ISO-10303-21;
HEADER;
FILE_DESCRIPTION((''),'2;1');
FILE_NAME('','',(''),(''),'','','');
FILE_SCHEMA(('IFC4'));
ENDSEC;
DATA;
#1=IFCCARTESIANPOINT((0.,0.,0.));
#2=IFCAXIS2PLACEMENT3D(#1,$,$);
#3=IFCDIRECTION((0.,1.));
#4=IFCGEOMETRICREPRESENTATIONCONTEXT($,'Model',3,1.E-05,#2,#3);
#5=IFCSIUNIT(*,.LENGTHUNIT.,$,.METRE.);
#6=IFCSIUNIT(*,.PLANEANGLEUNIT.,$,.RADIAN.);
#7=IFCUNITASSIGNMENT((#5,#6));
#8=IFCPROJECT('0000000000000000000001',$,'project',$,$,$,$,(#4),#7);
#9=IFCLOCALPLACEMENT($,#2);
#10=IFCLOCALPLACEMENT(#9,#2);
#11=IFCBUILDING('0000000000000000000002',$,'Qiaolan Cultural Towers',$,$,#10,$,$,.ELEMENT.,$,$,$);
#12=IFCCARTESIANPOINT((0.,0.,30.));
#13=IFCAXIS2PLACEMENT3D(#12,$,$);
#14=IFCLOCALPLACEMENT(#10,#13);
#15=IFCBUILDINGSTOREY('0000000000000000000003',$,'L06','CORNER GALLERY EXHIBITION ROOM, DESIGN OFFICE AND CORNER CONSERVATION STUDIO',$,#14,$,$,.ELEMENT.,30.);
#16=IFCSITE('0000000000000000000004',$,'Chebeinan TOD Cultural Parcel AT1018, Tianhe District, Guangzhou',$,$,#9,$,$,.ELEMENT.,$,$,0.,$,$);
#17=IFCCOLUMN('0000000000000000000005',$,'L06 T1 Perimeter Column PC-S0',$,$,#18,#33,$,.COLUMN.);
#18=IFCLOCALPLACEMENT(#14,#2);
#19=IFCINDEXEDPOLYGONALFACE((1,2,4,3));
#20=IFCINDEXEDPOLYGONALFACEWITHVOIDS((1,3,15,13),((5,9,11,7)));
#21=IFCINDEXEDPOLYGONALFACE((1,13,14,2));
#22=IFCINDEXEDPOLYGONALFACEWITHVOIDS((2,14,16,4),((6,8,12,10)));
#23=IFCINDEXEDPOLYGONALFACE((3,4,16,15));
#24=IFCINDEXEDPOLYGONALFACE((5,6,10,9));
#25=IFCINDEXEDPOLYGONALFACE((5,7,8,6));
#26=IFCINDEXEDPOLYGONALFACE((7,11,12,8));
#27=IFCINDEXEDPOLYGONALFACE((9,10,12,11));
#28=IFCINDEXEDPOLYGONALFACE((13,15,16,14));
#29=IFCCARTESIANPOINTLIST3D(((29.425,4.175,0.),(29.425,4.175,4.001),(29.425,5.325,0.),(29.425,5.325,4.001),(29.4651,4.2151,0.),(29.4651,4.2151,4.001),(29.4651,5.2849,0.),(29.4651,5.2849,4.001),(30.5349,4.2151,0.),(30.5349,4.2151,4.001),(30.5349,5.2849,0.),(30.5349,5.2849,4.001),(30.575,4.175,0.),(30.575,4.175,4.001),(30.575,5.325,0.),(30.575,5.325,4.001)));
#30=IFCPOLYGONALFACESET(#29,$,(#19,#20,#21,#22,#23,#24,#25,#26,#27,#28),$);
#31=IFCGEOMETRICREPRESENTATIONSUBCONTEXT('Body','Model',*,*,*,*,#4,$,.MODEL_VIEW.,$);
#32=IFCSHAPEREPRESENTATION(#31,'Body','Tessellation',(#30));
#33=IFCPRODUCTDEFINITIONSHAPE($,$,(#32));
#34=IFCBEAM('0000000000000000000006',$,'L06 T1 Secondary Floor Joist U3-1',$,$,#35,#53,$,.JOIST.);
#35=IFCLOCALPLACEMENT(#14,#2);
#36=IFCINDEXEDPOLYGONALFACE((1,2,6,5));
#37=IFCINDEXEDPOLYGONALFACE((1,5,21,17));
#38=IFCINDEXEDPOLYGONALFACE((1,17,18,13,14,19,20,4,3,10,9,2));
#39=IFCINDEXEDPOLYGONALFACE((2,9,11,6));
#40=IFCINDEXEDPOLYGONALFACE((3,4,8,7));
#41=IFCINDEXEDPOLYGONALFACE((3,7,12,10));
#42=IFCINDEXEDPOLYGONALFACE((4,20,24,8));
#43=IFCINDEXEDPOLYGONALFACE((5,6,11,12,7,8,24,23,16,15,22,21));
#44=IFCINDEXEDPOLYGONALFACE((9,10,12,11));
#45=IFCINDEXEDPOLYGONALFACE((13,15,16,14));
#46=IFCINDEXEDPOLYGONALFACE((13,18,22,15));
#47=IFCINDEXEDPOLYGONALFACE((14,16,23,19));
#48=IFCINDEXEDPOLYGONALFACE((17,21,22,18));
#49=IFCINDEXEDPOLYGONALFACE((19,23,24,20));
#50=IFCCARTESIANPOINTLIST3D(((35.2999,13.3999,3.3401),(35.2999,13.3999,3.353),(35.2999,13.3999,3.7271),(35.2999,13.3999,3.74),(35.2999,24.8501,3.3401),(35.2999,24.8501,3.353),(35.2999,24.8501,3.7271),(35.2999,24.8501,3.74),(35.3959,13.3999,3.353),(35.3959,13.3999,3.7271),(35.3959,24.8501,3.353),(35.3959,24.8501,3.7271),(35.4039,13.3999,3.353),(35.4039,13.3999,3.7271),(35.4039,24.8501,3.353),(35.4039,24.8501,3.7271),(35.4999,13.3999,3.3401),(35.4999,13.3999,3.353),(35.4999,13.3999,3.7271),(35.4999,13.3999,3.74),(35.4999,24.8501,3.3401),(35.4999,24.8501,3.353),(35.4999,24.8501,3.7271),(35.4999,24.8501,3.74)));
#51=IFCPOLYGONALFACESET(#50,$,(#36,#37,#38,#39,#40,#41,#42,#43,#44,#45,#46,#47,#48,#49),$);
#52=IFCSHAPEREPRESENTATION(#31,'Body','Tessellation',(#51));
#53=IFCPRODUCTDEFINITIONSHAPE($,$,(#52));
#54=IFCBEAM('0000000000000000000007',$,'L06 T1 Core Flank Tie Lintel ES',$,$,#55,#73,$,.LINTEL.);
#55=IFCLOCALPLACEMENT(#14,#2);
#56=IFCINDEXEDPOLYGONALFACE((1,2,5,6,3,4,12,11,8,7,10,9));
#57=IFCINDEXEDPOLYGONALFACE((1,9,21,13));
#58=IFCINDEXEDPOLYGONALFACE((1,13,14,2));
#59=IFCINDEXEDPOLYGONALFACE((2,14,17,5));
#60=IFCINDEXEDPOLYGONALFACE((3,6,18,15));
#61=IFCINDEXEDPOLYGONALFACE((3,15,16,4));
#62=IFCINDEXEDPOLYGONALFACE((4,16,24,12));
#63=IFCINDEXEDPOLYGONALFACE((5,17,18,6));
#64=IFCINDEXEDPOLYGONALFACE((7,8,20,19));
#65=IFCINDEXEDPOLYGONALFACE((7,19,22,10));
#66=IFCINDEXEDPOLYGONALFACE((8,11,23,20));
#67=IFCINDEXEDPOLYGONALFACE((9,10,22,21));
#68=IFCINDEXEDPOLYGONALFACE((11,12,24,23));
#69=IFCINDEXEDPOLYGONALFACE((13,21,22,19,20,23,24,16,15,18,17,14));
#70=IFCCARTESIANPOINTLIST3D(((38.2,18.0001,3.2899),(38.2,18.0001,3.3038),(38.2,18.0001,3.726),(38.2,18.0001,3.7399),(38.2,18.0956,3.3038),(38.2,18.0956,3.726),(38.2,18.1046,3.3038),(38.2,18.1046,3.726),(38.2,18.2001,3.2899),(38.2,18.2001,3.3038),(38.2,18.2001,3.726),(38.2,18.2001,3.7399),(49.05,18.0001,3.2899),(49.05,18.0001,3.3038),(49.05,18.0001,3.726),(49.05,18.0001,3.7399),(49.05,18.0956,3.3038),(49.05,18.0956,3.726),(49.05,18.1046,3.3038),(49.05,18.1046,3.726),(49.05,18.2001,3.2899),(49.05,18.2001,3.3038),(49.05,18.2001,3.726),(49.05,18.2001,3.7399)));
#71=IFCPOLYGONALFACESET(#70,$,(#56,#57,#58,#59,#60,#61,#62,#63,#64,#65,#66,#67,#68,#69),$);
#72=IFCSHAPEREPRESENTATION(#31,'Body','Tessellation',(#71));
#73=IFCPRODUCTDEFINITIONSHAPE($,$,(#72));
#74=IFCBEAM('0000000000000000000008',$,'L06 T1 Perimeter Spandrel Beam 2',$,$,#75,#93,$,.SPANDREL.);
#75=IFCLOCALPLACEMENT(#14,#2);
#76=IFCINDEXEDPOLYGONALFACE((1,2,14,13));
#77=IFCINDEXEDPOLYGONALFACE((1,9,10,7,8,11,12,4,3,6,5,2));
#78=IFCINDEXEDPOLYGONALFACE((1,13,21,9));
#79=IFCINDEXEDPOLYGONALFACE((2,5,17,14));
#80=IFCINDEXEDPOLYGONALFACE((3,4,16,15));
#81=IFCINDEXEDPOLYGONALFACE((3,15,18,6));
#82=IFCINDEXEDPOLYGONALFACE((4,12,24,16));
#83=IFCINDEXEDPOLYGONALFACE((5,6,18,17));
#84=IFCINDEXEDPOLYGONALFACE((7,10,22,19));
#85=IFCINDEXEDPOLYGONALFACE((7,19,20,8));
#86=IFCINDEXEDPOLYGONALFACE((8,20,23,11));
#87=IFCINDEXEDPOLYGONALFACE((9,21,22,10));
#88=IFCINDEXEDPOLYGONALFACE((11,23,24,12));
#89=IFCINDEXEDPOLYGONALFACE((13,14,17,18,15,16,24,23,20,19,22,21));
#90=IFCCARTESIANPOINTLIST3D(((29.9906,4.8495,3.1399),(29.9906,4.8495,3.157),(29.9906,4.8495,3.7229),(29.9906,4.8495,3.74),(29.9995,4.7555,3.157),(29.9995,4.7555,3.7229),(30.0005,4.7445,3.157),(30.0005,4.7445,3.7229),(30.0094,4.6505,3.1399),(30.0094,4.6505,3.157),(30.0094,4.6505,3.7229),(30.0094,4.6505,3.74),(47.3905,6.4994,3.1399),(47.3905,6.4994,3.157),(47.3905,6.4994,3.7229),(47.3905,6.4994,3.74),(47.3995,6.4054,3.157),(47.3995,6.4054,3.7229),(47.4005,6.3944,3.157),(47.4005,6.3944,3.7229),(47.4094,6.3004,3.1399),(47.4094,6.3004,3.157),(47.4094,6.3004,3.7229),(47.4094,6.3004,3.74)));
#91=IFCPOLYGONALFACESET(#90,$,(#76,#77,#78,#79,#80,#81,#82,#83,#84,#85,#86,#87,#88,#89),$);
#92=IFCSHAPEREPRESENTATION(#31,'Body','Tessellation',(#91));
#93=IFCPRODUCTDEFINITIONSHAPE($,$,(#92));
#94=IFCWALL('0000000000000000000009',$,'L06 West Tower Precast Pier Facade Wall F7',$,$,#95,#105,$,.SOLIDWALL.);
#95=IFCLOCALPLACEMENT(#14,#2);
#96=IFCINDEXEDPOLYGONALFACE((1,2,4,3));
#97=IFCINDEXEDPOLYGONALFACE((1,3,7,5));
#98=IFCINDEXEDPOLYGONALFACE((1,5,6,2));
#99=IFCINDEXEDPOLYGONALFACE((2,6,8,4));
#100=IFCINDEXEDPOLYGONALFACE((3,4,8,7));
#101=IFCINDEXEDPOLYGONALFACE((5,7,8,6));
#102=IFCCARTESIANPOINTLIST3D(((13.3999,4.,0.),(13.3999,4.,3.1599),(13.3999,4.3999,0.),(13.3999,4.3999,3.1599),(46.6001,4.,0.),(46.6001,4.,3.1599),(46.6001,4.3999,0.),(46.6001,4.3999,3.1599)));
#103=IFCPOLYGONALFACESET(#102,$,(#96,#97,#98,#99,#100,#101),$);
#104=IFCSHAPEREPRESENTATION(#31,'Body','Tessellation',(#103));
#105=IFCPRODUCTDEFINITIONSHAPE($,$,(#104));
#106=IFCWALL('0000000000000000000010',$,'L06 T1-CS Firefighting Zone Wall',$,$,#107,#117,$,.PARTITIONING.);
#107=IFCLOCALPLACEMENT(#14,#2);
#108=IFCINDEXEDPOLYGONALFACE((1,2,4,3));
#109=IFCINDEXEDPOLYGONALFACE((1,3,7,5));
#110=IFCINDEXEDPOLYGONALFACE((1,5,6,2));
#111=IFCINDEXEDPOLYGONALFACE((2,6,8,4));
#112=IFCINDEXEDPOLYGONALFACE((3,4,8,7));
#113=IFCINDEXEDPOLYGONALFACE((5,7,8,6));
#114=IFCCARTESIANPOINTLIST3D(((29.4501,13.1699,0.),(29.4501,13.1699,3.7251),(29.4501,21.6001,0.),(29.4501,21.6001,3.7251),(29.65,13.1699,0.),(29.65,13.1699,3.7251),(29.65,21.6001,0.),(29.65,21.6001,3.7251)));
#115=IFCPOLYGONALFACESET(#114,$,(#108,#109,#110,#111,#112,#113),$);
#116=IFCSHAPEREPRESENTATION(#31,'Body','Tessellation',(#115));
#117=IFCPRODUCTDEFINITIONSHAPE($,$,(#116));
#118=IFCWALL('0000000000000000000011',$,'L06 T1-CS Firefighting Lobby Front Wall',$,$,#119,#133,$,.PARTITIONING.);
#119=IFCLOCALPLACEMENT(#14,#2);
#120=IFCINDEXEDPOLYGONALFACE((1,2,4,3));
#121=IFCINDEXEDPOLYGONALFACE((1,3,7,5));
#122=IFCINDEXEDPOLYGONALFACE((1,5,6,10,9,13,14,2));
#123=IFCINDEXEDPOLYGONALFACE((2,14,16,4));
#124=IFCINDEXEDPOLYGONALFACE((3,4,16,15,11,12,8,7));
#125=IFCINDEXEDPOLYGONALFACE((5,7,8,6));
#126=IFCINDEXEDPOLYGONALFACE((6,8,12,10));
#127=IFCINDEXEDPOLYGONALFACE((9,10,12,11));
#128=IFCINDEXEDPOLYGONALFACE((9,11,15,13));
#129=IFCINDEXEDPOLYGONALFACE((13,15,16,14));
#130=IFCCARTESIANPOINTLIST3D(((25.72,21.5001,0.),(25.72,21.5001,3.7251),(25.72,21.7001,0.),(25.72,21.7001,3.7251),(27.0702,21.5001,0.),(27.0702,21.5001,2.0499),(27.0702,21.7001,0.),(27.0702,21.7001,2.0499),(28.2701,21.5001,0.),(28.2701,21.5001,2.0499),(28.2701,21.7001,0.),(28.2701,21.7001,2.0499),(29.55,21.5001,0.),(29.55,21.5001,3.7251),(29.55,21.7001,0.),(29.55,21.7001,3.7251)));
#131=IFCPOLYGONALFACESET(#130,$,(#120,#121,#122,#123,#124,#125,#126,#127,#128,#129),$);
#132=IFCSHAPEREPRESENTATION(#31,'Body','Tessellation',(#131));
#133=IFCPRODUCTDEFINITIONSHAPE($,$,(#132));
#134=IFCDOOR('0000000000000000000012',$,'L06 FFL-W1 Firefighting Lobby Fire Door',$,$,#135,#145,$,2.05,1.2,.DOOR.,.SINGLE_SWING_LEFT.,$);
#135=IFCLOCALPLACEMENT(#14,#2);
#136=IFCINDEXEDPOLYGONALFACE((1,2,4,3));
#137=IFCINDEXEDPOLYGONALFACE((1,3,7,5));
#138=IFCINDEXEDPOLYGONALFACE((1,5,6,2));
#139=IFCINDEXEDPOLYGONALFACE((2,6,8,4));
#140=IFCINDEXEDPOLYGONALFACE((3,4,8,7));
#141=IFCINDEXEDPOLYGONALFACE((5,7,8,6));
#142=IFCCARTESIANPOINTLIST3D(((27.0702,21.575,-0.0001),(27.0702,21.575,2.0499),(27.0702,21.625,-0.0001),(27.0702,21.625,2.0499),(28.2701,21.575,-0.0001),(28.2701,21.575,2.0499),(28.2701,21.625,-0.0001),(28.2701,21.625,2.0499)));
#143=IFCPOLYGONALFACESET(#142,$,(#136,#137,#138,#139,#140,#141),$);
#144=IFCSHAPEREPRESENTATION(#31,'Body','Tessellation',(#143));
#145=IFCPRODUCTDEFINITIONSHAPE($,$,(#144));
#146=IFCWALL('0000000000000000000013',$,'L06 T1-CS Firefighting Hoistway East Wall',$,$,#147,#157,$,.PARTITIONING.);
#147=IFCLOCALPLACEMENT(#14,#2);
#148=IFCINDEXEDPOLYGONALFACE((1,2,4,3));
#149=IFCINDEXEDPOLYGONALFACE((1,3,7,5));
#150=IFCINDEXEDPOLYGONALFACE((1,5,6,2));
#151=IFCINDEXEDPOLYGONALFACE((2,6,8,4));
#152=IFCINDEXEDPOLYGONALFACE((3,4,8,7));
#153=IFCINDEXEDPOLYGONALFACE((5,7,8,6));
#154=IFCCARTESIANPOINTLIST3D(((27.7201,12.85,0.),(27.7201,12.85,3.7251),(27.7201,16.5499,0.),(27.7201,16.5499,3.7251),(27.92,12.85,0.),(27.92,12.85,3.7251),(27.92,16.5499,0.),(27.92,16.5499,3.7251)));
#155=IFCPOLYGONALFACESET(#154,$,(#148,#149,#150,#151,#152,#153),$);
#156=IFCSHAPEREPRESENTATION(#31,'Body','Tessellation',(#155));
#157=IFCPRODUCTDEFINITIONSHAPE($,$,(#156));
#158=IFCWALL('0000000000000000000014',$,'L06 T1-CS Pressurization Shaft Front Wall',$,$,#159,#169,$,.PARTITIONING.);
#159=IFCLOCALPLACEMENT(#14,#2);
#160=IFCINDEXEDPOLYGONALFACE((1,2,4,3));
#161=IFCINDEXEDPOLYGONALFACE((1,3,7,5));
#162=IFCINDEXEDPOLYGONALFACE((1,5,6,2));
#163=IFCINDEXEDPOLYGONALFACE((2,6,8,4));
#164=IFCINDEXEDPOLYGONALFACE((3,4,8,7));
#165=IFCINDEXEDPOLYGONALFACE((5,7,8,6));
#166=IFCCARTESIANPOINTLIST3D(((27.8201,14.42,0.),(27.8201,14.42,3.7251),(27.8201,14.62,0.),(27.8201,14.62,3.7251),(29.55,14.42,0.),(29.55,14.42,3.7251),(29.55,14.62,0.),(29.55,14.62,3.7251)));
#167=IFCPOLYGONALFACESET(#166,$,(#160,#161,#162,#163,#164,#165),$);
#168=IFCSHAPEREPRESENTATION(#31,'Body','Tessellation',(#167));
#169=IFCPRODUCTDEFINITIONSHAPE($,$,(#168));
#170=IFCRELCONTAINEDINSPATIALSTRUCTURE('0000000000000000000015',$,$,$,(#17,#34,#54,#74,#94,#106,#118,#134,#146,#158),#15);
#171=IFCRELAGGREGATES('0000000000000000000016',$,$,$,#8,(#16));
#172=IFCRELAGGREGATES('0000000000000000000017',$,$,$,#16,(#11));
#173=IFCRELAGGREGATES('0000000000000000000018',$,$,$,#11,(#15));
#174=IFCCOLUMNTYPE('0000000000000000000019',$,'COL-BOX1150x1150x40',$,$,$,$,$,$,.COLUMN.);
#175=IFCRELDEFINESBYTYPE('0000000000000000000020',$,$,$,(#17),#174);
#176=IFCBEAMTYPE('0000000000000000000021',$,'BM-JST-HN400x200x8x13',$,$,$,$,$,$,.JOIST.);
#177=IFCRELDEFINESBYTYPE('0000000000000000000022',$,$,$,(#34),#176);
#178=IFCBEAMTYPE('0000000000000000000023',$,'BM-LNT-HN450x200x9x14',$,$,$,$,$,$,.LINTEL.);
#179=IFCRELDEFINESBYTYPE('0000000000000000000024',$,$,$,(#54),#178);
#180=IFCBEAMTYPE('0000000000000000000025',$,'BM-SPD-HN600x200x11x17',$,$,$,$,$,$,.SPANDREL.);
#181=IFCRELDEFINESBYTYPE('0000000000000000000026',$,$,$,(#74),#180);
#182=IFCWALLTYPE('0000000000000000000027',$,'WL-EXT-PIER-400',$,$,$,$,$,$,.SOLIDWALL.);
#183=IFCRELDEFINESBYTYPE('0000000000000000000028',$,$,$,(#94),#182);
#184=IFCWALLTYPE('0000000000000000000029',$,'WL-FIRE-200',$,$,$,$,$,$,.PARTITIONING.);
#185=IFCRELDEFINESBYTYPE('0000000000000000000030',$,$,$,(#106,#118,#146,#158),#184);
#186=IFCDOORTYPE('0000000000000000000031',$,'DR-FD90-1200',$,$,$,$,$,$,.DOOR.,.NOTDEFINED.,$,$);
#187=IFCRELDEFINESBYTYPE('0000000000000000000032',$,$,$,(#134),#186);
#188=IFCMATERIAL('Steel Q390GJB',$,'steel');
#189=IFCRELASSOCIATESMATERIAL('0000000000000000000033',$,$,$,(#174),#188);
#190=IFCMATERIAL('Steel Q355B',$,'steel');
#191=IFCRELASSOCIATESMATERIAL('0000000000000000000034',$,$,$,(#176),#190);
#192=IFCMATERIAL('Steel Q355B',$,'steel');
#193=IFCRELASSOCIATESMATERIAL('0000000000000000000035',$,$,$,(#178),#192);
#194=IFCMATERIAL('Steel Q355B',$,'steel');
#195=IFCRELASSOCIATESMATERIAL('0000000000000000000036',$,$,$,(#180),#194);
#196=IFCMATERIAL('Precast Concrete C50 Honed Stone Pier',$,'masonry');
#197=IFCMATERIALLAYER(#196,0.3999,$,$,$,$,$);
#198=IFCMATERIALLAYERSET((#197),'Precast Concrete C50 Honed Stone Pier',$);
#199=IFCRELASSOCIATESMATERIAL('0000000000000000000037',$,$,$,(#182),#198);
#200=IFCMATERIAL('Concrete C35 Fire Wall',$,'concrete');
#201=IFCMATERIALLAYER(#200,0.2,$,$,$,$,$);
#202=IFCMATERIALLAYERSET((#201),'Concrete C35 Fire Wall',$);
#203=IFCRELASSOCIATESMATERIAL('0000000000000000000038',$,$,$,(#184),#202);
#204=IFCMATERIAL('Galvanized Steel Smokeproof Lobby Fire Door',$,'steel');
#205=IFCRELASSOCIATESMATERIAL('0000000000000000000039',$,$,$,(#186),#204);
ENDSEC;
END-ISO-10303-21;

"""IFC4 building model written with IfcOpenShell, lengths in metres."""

from ifc_helpers import new_model, si_unit, direction, frame, frame_2d, origin, origin_2d, place, context, subcontext, project, spatial, rectangle, hollow_rectangle, i_section, extrude, material, layer, layer_set, material_profile, profile_set, type_object, element, fill, save


model = new_model("IFC4")

# Units and contexts
model_context = context("Model", 3, precision=1e-05, world=origin(), true_north=direction((0.0, 1.0)))
body_context = subcontext(model_context, "Body", "Model", "MODEL_VIEW")
ifc_project = project(units=[si_unit("LENGTHUNIT", "METRE"), si_unit("PLANEANGLEUNIT", "RADIAN")], contexts=[model_context])

# Site, building, storey
site_placement = place(None, origin())
site = spatial("IfcSite", under=ifc_project, at=site_placement, Name="Chebeinan TOD Cultural Parcel AT1018, Tianhe District, Guangzhou", CompositionType="ELEMENT", RefElevation=0.0)
building_placement = place(site_placement, origin())
building = spatial("IfcBuilding", under=site, at=building_placement, Name="Qiaolan Cultural Towers", CompositionType="ELEMENT")
storey_placement = place(building_placement, frame((0.0, 0.0, 30.0)))
storey = spatial("IfcBuildingStorey", under=building, at=storey_placement, Name="L06", Description="CORNER GALLERY EXHIBITION ROOM, DESIGN OFFICE AND CORNER CONSERVATION STUDIO", CompositionType="ELEMENT", Elevation=30.0)

# Column
ifc_material_1 = material(Name="Steel Q390GJB", Category="steel")
ifc_material_profile_1 = material_profile(ifc_material_1, hollow_rectangle(XDim=1.1499, YDim=1.1499, WallThickness=0.04, at=origin_2d()), Name="BOX1150x1150x40")
ifc_profile_set_1 = profile_set([ifc_material_profile_1], Name="Steel Q390GJB")
column_type = type_object("IfcColumnType", Name="COL-BOX1150x1150x40", PredefinedType="COLUMN", material=ifc_profile_set_1)
column_placement = place(storey_placement, frame((30.0, 4.75, 0.0), z_axis=(0.0, 0.0, 1.0), x_axis=(1.0, 0.0, 0.0)))
element("IfcColumn", 1, at=column_placement, inside=storey, type_object=column_type, Name="L06 T1 Perimeter Column PC-S0", PredefinedType="COLUMN", context=body_context, shape_type="SweptSolid", body=[
    extrude(hollow_rectangle(XDim=1.1499, YDim=1.1499, WallThickness=0.04, at=origin_2d()), origin(), (0.0, 0.0, 1.0), 4.001),
])

# Beams
ifc_material_2 = material(Name="Steel Q355B", Category="steel")
ifc_material_profile_2 = material_profile(ifc_material_2, i_section(OverallWidth=0.2, OverallDepth=0.3999, WebThickness=0.0081, FlangeThickness=0.0129, at=origin_2d()), Name="HN400x200x8x13")
ifc_profile_set_2 = profile_set([ifc_material_profile_2], Name="Steel Q355B")
beam_type_1 = type_object("IfcBeamType", Name="BM-JST-HN400x200x8x13", PredefinedType="JOIST", material=ifc_profile_set_2)
beam_1_placement = place(storey_placement, frame((35.3999, 13.3999, 3.54), z_axis=(0.0, 1.0, 0.0), x_axis=(-1.0, 0.0, 0.0)))
element("IfcBeam", 2, at=beam_1_placement, inside=storey, type_object=beam_type_1, Name="L06 T1 Secondary Floor Joist U3-1", PredefinedType="JOIST", context=body_context, shape_type="SweptSolid", body=[
    extrude(i_section(OverallWidth=0.2, OverallDepth=0.3999, WebThickness=0.0081, FlangeThickness=0.0129, at=origin_2d()), origin(), (0.0, 0.0, 1.0), 11.4502),
])
ifc_material_3 = material(Name="Steel Q355B", Category="steel")
ifc_material_profile_3 = material_profile(ifc_material_3, i_section(OverallWidth=0.2, OverallDepth=0.45, WebThickness=0.009, FlangeThickness=0.0139, at=origin_2d()), Name="HN450x200x9x14")
ifc_profile_set_3 = profile_set([ifc_material_profile_3], Name="Steel Q355B")
beam_type_2 = type_object("IfcBeamType", Name="BM-LNT-HN450x200x9x14", PredefinedType="LINTEL", material=ifc_profile_set_3)
beam_2_placement = place(storey_placement, frame((38.2, 18.1001, 3.5149), z_axis=(1.0, 0.0, 0.0), x_axis=(0.0, 1.0, 0.0)))
element("IfcBeam", 3, at=beam_2_placement, inside=storey, type_object=beam_type_2, Name="L06 T1 Core Flank Tie Lintel ES", PredefinedType="LINTEL", context=body_context, shape_type="SweptSolid", body=[
    extrude(i_section(OverallWidth=0.2, OverallDepth=0.45, WebThickness=0.009, FlangeThickness=0.0139, at=origin_2d()), origin(), (0.0, 0.0, 1.0), 10.8501),
])
ifc_material_4 = material(Name="Steel Q355B", Category="steel")
ifc_material_profile_4 = material_profile(ifc_material_4, i_section(OverallWidth=0.2, OverallDepth=0.6001, WebThickness=0.011, FlangeThickness=0.0171, at=origin_2d()), Name="HN600x200x11x17")
ifc_profile_set_4 = profile_set([ifc_material_profile_4], Name="Steel Q355B")
beam_type_3 = type_object("IfcBeamType", Name="BM-SPD-HN600x200x11x17", PredefinedType="SPANDREL", material=ifc_profile_set_4)
beam_3_placement = place(storey_placement, frame((30.0, 4.75, 3.4399), z_axis=(0.995534, 0.094399, 0.0), x_axis=(-0.094399, 0.995534, 0.0)))
element("IfcBeam", 4, at=beam_3_placement, inside=storey, type_object=beam_type_3, Name="L06 T1 Perimeter Spandrel Beam 2", PredefinedType="SPANDREL", context=body_context, shape_type="SweptSolid", body=[
    extrude(i_section(OverallWidth=0.2, OverallDepth=0.6001, WebThickness=0.011, FlangeThickness=0.0171, at=origin_2d()), origin(), (0.0, 0.0, 1.0), 17.478),
])

# Walls
ifc_material_5 = material(Name="Precast Concrete C50 Honed Stone Pier", Category="masonry")
ifc_layer_1 = layer(ifc_material_5, 0.3999)
ifc_layer_set_1 = layer_set([ifc_layer_1], Name="Precast Concrete C50 Honed Stone Pier")
wall_type_1 = type_object("IfcWallType", Name="WL-EXT-PIER-400", PredefinedType="SOLIDWALL", material=ifc_layer_set_1)
wall_1_placement = place(storey_placement, frame((46.6001, 4.2, 0.0), z_axis=(0.0, 0.0, 1.0), x_axis=(-1.0, 0.0, 0.0)))
element("IfcWall", 5, at=wall_1_placement, inside=storey, type_object=wall_type_1, Name="L06 West Tower Precast Pier Facade Wall F7", PredefinedType="SOLIDWALL", context=body_context, shape_type="SweptSolid", body=[
    extrude(rectangle(XDim=33.2002, YDim=0.3999, at=frame_2d((16.6001, 0.0))), origin(), (0.0, 0.0, 1.0), 3.1599),
])
ifc_material_6 = material(Name="Concrete C35 Fire Wall", Category="concrete")
ifc_layer_2 = layer(ifc_material_6, 0.2)
ifc_layer_set_2 = layer_set([ifc_layer_2], Name="Concrete C35 Fire Wall")
wall_type_2 = type_object("IfcWallType", Name="WL-FIRE-200", PredefinedType="PARTITIONING", material=ifc_layer_set_2)
wall_2_placement = place(storey_placement, frame((29.55, 21.6001, 0.0), z_axis=(0.0, 0.0, 1.0), x_axis=(0.0, -1.0, 0.0)))
element("IfcWall", 6, at=wall_2_placement, inside=storey, type_object=wall_type_2, Name="L06 T1-CS Firefighting Zone Wall", PredefinedType="PARTITIONING", context=body_context, shape_type="SweptSolid", body=[
    extrude(rectangle(XDim=8.4302, YDim=0.2, at=frame_2d((4.2151, 0.0))), origin(), (0.0, 0.0, 1.0), 3.7251),
])

# Wall, opening, door
wall_3_placement = place(storey_placement, frame((25.72, 21.6001, 0.0), z_axis=(0.0, 0.0, 1.0), x_axis=(1.0, 0.0, 0.0)))
wall_3 = element("IfcWall", 7, at=wall_3_placement, inside=storey, type_object=wall_type_2, Name="L06 T1-CS Firefighting Lobby Front Wall", PredefinedType="PARTITIONING", context=body_context, shape_type="SweptSolid", body=[
    extrude(rectangle(XDim=3.8301, YDim=0.2, at=frame_2d((1.915, 0.0))), origin(), (0.0, 0.0, 1.0), 3.7251),
])
opening_1_placement = place(wall_3_placement, frame((1.3501, 0.0, 0.0)))
opening_1 = element("IfcOpeningElement", 8, at=opening_1_placement, cuts=wall_3, PredefinedType="OPENING", context=body_context, shape_type="SweptSolid", body=[
    extrude(rectangle(XDim=1.2, YDim=2.05, at=frame_2d((0.6001, 1.0249))), frame((0.0, 0.1099, 0.0), z_axis=(0.0, -1.0, 0.0), x_axis=(1.0, 0.0, 0.0)), (0.0, 0.0, 1.0), 0.22),
])
ifc_material_7 = material(Name="Galvanized Steel Smokeproof Lobby Fire Door", Category="steel")
door_type_1 = type_object("IfcDoorType", Name="DR-FD90-1200", OperationType="NOTDEFINED", PredefinedType="DOOR", material=ifc_material_7)
door_1_placement = place(opening_1_placement, origin())
door_1 = element("IfcDoor", 9, at=door_1_placement, inside=storey, type_object=door_type_1, Name="L06 FFL-W1 Firefighting Lobby Fire Door", OperationType="SINGLE_SWING_LEFT", OverallHeight=2.05, OverallWidth=1.2, PredefinedType="DOOR", context=body_context, shape_type="SweptSolid", body=[
    extrude(rectangle(XDim=1.2, YDim=2.05, at=frame_2d((0.6001, 1.0249))), frame((0.0, 0.0249, 0.0), z_axis=(0.0, -1.0, 0.0), x_axis=(1.0, 0.0, 0.0)), (0.0, 0.0, 1.0), 0.05),
])
fill(opening_1, door_1)

# Walls
wall_4_placement = place(storey_placement, frame((27.8201, 16.55, 0.0), z_axis=(0.0, 0.0, 1.0), x_axis=(0.0, -1.0, 0.0)))
element("IfcWall", 10, at=wall_4_placement, inside=storey, type_object=wall_type_2, Name="L06 T1-CS Firefighting Hoistway East Wall", PredefinedType="PARTITIONING", context=body_context, shape_type="SweptSolid", body=[
    extrude(rectangle(XDim=3.7, YDim=0.2, at=frame_2d((1.8501, 0.0))), origin(), (0.0, 0.0, 1.0), 3.7251),
])
wall_5_placement = place(storey_placement, frame((27.8201, 14.52, 0.0), z_axis=(0.0, 0.0, 1.0), x_axis=(1.0, 0.0, 0.0)))
element("IfcWall", 11, at=wall_5_placement, inside=storey, type_object=wall_type_2, Name="L06 T1-CS Pressurization Shaft Front Wall", PredefinedType="PARTITIONING", context=body_context, shape_type="SweptSolid", body=[
    extrude(rectangle(XDim=1.73, YDim=0.2, at=frame_2d((0.865, 0.0))), origin(), (0.0, 0.0, 1.0), 3.7251),
])

save(model, "model.ifc")
